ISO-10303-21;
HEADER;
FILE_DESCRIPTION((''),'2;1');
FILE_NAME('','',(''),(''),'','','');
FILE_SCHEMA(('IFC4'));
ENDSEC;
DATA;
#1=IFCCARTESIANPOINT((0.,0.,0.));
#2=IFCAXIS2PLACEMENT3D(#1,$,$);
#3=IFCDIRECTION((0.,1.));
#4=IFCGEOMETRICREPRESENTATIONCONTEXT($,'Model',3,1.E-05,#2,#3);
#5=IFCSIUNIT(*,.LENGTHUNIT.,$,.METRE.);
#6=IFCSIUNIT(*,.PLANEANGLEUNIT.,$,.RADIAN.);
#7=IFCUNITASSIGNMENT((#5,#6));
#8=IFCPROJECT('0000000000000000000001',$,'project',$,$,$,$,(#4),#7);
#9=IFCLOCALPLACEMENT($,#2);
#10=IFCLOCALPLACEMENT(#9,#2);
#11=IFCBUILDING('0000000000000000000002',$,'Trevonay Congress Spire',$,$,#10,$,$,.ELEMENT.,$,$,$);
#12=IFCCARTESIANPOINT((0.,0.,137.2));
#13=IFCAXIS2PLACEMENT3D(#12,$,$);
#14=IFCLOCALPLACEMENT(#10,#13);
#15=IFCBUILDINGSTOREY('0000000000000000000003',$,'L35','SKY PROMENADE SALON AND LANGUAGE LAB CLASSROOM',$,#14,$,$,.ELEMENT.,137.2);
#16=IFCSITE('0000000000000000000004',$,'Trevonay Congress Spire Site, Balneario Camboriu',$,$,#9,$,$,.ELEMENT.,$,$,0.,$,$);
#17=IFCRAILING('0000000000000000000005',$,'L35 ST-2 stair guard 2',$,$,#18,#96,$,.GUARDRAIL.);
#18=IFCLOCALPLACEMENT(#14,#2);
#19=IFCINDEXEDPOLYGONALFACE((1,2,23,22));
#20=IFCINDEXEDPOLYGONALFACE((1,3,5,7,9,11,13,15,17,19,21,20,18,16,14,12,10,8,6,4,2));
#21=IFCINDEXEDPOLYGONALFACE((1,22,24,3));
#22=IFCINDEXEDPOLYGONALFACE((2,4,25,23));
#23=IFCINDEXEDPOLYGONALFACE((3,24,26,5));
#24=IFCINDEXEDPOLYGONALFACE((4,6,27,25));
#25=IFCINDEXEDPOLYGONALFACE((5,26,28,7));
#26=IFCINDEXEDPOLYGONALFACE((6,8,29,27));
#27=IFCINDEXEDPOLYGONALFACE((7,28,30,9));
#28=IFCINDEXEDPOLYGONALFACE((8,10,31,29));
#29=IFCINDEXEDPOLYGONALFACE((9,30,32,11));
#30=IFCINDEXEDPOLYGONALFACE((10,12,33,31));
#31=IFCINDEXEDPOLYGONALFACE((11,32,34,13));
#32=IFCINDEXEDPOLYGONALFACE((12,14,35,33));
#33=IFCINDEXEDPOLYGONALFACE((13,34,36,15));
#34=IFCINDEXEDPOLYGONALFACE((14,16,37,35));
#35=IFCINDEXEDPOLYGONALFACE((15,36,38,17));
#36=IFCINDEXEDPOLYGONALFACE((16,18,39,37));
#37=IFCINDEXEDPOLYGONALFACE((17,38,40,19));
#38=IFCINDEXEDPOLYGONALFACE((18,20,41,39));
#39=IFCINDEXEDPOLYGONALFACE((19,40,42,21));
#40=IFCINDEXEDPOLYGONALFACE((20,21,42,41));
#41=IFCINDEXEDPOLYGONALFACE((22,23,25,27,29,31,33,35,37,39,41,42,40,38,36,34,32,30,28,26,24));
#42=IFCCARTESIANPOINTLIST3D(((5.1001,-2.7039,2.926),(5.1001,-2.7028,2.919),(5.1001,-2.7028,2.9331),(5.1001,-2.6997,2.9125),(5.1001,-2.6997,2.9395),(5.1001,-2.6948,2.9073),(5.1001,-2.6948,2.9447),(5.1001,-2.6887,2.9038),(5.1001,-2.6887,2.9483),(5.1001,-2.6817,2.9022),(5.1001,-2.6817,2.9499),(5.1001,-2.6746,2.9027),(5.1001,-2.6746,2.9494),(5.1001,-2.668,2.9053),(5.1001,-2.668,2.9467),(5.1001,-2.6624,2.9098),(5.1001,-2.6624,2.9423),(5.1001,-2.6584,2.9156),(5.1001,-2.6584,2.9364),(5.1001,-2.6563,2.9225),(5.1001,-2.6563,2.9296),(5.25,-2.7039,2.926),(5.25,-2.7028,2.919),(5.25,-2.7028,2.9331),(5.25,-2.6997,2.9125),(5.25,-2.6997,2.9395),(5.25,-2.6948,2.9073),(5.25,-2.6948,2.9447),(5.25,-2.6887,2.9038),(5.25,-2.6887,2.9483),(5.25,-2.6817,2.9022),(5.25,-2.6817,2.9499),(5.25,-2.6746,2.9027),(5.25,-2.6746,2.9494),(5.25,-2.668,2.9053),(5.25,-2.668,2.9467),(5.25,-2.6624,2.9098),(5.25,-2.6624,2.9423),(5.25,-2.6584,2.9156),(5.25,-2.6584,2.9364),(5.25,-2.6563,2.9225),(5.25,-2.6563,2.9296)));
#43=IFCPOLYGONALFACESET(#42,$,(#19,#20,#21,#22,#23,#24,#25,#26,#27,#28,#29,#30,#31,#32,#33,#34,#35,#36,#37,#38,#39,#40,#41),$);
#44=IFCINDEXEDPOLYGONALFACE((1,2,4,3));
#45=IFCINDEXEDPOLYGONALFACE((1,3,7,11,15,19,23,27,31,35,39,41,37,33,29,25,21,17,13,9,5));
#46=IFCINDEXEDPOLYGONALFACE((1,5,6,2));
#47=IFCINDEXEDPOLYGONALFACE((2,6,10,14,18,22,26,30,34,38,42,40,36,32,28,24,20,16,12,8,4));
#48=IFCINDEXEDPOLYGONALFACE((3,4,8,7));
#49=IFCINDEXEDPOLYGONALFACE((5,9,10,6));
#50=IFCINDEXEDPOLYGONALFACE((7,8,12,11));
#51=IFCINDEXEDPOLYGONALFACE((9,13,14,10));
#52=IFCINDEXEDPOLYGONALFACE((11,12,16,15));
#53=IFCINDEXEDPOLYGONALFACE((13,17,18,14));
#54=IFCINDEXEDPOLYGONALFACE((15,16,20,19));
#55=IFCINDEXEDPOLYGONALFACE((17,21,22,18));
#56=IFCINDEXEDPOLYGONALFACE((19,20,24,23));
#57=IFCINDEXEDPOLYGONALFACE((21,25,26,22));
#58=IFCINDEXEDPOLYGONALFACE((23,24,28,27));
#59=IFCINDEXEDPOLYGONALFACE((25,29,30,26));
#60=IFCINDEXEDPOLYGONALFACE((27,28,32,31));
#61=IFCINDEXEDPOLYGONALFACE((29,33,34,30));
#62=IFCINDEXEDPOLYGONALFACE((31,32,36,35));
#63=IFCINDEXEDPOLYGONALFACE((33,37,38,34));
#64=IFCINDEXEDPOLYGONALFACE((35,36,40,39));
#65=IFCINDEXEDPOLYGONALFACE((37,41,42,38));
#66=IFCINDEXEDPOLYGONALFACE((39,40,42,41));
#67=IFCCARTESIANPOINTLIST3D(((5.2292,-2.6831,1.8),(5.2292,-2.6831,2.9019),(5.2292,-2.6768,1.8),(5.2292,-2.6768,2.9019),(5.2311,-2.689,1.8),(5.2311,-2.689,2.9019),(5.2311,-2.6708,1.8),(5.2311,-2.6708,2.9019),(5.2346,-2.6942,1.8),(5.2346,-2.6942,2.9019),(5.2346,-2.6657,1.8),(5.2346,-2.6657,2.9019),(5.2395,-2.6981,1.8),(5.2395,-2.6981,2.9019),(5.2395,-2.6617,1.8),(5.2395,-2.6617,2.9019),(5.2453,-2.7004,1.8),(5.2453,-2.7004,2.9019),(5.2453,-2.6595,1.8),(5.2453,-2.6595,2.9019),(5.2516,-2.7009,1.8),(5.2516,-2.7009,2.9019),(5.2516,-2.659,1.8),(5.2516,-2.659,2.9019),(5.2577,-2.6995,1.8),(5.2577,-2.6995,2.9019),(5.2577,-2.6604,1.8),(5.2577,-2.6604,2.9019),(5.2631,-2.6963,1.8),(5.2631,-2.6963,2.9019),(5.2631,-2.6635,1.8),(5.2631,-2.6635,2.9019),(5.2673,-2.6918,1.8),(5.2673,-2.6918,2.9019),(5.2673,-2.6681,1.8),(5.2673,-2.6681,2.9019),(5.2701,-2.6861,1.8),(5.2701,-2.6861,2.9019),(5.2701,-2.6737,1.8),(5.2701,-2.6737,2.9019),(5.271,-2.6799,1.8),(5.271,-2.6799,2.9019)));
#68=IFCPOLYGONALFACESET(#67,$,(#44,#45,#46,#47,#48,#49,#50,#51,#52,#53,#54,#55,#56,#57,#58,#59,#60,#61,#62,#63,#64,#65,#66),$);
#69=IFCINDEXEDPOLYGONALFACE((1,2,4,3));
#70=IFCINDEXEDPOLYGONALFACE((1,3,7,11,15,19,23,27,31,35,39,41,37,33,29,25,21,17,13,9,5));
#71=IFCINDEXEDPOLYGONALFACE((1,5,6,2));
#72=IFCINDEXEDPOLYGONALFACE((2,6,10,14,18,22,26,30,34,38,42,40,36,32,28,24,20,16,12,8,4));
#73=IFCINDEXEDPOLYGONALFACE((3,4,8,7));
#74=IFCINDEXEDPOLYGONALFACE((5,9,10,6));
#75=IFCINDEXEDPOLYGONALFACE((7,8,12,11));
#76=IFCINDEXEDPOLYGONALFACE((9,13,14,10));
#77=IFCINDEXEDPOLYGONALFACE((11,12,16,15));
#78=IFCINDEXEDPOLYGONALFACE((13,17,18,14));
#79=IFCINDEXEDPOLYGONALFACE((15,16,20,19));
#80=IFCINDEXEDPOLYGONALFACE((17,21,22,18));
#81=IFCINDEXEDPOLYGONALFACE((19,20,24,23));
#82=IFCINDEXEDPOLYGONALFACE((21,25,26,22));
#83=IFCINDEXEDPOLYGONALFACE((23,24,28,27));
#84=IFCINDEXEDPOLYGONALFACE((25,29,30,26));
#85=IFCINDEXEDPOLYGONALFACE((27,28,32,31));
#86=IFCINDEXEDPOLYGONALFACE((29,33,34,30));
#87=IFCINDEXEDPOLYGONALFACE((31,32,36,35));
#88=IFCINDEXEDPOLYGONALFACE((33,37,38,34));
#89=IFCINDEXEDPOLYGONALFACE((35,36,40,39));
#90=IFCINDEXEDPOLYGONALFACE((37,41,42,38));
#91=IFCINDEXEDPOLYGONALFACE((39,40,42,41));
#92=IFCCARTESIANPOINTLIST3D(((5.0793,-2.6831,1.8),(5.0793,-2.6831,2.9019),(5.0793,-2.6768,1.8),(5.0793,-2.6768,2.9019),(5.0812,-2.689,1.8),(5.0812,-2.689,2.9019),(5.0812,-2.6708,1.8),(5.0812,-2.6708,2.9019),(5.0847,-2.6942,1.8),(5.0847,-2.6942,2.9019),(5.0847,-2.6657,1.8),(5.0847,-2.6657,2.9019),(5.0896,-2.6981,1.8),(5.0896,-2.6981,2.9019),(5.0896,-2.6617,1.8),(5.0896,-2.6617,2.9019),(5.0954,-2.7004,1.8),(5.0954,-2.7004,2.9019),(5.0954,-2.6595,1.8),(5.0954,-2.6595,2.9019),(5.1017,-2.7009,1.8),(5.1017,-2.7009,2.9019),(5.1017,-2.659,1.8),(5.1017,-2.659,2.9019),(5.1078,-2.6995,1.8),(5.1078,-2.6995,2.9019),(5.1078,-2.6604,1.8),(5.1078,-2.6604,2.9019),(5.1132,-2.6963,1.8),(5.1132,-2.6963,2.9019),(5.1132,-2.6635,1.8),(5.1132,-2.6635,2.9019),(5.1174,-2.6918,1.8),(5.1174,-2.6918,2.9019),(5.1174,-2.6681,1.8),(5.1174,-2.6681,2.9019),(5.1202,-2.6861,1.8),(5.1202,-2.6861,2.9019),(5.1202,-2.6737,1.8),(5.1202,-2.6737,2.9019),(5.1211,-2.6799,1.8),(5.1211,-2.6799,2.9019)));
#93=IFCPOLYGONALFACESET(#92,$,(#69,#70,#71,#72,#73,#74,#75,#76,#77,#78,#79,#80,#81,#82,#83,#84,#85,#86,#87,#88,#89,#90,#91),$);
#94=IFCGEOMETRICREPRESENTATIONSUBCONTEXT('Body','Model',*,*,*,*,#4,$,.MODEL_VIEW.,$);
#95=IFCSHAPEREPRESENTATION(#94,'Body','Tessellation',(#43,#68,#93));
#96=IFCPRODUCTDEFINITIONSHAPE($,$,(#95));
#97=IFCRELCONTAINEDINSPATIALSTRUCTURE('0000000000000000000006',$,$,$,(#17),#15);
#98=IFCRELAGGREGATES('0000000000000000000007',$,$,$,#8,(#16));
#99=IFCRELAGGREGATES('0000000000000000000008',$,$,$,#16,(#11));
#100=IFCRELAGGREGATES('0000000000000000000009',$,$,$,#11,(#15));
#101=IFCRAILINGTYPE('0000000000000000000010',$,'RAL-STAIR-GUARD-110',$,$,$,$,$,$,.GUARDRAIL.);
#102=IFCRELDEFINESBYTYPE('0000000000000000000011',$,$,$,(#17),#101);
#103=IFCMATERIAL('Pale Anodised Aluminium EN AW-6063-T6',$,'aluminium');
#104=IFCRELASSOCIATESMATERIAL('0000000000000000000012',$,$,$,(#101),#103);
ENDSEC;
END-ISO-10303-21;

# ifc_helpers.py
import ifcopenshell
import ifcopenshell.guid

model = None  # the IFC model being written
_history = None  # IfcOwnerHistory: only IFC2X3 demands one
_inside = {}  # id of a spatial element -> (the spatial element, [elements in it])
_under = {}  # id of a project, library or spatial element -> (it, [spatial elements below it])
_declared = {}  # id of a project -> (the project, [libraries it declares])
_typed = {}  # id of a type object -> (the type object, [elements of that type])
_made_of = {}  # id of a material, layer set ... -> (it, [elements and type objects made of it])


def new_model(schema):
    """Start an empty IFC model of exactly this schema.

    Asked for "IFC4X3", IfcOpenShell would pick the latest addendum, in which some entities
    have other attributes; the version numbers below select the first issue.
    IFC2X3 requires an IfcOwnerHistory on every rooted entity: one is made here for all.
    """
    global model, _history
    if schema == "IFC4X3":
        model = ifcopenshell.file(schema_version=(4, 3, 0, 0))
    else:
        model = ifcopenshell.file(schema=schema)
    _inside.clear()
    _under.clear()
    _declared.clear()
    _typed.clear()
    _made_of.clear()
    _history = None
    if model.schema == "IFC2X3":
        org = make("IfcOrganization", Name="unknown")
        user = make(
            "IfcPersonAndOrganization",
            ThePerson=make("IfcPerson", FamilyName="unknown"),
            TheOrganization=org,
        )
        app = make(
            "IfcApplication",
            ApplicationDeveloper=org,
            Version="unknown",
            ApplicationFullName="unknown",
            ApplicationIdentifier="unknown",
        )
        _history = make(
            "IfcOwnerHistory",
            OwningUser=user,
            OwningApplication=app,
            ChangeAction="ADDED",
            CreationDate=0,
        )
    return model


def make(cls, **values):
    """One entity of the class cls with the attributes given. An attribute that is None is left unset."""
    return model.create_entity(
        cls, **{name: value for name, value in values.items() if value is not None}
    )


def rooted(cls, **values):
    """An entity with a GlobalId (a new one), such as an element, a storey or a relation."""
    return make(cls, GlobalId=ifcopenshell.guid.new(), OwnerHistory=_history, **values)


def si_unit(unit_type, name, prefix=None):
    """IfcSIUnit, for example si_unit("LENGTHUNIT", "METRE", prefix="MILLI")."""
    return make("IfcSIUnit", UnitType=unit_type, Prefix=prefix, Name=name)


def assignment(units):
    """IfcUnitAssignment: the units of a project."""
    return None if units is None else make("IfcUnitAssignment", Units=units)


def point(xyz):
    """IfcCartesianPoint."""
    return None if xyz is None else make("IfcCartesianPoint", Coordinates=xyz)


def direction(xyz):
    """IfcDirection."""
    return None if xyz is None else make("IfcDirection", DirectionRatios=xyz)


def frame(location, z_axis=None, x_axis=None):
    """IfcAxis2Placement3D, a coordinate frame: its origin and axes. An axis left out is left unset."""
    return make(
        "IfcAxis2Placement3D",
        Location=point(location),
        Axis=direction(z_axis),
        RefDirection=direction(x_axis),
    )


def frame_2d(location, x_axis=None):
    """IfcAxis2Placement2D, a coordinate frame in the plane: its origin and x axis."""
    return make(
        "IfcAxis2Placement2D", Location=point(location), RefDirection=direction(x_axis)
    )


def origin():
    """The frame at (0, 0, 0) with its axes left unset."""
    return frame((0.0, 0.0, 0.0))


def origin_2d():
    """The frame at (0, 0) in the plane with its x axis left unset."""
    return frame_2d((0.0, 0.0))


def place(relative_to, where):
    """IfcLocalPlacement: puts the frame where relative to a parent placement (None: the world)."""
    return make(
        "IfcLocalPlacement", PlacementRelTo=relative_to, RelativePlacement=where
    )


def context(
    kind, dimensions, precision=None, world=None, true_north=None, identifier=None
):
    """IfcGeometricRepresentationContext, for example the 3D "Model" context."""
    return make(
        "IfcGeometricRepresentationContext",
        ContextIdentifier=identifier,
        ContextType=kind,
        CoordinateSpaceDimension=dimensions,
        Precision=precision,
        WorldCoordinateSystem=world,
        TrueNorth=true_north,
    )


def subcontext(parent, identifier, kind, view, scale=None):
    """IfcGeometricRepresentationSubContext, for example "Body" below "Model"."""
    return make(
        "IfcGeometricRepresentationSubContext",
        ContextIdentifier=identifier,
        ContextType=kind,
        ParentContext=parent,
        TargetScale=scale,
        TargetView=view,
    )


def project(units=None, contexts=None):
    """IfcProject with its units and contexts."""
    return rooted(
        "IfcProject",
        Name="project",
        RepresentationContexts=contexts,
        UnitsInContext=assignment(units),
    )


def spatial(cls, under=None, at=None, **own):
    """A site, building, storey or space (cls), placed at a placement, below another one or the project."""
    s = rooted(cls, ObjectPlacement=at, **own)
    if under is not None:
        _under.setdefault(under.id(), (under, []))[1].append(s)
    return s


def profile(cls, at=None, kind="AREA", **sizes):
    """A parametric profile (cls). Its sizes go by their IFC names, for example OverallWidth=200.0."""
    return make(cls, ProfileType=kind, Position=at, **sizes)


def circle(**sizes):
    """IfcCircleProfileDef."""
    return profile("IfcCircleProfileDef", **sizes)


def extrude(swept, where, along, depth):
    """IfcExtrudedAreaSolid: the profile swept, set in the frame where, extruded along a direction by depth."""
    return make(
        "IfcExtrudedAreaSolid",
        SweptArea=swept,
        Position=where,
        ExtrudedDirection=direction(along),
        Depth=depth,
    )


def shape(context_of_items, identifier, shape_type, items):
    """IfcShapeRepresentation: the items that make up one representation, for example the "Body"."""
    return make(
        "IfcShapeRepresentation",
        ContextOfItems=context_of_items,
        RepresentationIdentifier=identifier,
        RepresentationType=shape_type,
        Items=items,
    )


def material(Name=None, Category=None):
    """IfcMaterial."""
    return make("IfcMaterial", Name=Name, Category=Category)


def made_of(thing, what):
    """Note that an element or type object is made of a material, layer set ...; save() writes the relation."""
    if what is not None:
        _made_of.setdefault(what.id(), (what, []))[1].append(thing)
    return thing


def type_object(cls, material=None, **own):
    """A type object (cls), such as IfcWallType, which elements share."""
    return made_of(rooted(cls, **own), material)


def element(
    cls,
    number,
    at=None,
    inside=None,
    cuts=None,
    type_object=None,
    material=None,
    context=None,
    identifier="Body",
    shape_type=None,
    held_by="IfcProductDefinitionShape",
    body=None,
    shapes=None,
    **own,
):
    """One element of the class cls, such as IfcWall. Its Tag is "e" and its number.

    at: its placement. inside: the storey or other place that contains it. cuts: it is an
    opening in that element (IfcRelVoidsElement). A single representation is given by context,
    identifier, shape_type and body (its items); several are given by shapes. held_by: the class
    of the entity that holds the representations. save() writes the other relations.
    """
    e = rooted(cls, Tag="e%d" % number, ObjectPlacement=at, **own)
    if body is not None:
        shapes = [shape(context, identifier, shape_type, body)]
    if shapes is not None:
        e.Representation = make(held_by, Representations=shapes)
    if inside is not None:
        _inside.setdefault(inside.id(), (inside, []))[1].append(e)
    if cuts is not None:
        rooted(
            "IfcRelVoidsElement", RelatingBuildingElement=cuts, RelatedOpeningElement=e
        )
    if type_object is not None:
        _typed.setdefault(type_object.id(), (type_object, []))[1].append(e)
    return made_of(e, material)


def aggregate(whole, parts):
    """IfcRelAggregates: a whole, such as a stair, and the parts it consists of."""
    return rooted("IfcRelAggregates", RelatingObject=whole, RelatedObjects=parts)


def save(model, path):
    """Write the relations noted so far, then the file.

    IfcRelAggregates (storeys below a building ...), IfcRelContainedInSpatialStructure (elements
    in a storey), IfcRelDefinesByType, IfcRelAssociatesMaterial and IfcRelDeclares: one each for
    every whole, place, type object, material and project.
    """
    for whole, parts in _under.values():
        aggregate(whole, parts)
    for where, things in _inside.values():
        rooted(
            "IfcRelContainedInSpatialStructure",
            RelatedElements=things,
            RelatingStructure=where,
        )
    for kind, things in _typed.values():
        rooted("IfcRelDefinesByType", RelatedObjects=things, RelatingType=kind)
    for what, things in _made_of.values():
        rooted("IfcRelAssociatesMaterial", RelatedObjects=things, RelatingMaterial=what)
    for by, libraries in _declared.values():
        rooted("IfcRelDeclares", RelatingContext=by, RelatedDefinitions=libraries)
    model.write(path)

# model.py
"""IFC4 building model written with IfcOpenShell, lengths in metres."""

from ifc_helpers import new_model, si_unit, direction, frame, origin, origin_2d, place, context, subcontext, project, spatial, circle, extrude, material, type_object, element, save


model = new_model("IFC4")

# Units and contexts
model_context = context("Model", 3, precision=1e-05, world=origin(), true_north=direction((0.0, 1.0)))
body_context = subcontext(model_context, "Body", "Model", "MODEL_VIEW")
ifc_project = project(units=[si_unit("LENGTHUNIT", "METRE"), si_unit("PLANEANGLEUNIT", "RADIAN")], contexts=[model_context])

# Site, building, storey
site_placement = place(None, origin())
site = spatial("IfcSite", under=ifc_project, at=site_placement, Name="Trevonay Congress Spire Site, Balneario Camboriu", CompositionType="ELEMENT", RefElevation=0.0)
building_placement = place(site_placement, origin())
building = spatial("IfcBuilding", under=site, at=building_placement, Name="Trevonay Congress Spire", CompositionType="ELEMENT")
storey_placement = place(building_placement, frame((0.0, 0.0, 137.2)))
storey = spatial("IfcBuildingStorey", under=building, at=storey_placement, Name="L35", Description="SKY PROMENADE SALON AND LANGUAGE LAB CLASSROOM", CompositionType="ELEMENT", Elevation=137.2)

# Railing
ifc_material_1 = material(Name="Pale Anodised Aluminium EN AW-6063-T6", Category="aluminium")
railing_type_1 = type_object("IfcRailingType", Name="RAL-STAIR-GUARD-110", PredefinedType="GUARDRAIL", material=ifc_material_1)
railing_1_placement = place(storey_placement, frame((5.25, -2.6799, 1.8)))
element("IfcRailing", 1, at=railing_1_placement, inside=storey, type_object=railing_type_1, Name="L35 ST-2 stair guard 2", PredefinedType="GUARDRAIL", context=body_context, shape_type="SweptSolid", body=[
    extrude(circle(Radius=0.0239, at=origin_2d()), frame((0.0, 0.0, 1.126), z_axis=(-1.0, 0.0, 0.0), x_axis=(0.0, -1.0, 0.0)), (0.0, 0.0, 1.0), 0.1499),
    extrude(circle(Radius=0.021, at=origin_2d()), origin(), (0.0, 0.0, 1.0), 1.1018),
    extrude(circle(Radius=0.021, at=origin_2d()), frame((-0.1499, 0.0, 0.0)), (0.0, 0.0, 1.0), 1.1018),
])

save(model, "model.ifc")
